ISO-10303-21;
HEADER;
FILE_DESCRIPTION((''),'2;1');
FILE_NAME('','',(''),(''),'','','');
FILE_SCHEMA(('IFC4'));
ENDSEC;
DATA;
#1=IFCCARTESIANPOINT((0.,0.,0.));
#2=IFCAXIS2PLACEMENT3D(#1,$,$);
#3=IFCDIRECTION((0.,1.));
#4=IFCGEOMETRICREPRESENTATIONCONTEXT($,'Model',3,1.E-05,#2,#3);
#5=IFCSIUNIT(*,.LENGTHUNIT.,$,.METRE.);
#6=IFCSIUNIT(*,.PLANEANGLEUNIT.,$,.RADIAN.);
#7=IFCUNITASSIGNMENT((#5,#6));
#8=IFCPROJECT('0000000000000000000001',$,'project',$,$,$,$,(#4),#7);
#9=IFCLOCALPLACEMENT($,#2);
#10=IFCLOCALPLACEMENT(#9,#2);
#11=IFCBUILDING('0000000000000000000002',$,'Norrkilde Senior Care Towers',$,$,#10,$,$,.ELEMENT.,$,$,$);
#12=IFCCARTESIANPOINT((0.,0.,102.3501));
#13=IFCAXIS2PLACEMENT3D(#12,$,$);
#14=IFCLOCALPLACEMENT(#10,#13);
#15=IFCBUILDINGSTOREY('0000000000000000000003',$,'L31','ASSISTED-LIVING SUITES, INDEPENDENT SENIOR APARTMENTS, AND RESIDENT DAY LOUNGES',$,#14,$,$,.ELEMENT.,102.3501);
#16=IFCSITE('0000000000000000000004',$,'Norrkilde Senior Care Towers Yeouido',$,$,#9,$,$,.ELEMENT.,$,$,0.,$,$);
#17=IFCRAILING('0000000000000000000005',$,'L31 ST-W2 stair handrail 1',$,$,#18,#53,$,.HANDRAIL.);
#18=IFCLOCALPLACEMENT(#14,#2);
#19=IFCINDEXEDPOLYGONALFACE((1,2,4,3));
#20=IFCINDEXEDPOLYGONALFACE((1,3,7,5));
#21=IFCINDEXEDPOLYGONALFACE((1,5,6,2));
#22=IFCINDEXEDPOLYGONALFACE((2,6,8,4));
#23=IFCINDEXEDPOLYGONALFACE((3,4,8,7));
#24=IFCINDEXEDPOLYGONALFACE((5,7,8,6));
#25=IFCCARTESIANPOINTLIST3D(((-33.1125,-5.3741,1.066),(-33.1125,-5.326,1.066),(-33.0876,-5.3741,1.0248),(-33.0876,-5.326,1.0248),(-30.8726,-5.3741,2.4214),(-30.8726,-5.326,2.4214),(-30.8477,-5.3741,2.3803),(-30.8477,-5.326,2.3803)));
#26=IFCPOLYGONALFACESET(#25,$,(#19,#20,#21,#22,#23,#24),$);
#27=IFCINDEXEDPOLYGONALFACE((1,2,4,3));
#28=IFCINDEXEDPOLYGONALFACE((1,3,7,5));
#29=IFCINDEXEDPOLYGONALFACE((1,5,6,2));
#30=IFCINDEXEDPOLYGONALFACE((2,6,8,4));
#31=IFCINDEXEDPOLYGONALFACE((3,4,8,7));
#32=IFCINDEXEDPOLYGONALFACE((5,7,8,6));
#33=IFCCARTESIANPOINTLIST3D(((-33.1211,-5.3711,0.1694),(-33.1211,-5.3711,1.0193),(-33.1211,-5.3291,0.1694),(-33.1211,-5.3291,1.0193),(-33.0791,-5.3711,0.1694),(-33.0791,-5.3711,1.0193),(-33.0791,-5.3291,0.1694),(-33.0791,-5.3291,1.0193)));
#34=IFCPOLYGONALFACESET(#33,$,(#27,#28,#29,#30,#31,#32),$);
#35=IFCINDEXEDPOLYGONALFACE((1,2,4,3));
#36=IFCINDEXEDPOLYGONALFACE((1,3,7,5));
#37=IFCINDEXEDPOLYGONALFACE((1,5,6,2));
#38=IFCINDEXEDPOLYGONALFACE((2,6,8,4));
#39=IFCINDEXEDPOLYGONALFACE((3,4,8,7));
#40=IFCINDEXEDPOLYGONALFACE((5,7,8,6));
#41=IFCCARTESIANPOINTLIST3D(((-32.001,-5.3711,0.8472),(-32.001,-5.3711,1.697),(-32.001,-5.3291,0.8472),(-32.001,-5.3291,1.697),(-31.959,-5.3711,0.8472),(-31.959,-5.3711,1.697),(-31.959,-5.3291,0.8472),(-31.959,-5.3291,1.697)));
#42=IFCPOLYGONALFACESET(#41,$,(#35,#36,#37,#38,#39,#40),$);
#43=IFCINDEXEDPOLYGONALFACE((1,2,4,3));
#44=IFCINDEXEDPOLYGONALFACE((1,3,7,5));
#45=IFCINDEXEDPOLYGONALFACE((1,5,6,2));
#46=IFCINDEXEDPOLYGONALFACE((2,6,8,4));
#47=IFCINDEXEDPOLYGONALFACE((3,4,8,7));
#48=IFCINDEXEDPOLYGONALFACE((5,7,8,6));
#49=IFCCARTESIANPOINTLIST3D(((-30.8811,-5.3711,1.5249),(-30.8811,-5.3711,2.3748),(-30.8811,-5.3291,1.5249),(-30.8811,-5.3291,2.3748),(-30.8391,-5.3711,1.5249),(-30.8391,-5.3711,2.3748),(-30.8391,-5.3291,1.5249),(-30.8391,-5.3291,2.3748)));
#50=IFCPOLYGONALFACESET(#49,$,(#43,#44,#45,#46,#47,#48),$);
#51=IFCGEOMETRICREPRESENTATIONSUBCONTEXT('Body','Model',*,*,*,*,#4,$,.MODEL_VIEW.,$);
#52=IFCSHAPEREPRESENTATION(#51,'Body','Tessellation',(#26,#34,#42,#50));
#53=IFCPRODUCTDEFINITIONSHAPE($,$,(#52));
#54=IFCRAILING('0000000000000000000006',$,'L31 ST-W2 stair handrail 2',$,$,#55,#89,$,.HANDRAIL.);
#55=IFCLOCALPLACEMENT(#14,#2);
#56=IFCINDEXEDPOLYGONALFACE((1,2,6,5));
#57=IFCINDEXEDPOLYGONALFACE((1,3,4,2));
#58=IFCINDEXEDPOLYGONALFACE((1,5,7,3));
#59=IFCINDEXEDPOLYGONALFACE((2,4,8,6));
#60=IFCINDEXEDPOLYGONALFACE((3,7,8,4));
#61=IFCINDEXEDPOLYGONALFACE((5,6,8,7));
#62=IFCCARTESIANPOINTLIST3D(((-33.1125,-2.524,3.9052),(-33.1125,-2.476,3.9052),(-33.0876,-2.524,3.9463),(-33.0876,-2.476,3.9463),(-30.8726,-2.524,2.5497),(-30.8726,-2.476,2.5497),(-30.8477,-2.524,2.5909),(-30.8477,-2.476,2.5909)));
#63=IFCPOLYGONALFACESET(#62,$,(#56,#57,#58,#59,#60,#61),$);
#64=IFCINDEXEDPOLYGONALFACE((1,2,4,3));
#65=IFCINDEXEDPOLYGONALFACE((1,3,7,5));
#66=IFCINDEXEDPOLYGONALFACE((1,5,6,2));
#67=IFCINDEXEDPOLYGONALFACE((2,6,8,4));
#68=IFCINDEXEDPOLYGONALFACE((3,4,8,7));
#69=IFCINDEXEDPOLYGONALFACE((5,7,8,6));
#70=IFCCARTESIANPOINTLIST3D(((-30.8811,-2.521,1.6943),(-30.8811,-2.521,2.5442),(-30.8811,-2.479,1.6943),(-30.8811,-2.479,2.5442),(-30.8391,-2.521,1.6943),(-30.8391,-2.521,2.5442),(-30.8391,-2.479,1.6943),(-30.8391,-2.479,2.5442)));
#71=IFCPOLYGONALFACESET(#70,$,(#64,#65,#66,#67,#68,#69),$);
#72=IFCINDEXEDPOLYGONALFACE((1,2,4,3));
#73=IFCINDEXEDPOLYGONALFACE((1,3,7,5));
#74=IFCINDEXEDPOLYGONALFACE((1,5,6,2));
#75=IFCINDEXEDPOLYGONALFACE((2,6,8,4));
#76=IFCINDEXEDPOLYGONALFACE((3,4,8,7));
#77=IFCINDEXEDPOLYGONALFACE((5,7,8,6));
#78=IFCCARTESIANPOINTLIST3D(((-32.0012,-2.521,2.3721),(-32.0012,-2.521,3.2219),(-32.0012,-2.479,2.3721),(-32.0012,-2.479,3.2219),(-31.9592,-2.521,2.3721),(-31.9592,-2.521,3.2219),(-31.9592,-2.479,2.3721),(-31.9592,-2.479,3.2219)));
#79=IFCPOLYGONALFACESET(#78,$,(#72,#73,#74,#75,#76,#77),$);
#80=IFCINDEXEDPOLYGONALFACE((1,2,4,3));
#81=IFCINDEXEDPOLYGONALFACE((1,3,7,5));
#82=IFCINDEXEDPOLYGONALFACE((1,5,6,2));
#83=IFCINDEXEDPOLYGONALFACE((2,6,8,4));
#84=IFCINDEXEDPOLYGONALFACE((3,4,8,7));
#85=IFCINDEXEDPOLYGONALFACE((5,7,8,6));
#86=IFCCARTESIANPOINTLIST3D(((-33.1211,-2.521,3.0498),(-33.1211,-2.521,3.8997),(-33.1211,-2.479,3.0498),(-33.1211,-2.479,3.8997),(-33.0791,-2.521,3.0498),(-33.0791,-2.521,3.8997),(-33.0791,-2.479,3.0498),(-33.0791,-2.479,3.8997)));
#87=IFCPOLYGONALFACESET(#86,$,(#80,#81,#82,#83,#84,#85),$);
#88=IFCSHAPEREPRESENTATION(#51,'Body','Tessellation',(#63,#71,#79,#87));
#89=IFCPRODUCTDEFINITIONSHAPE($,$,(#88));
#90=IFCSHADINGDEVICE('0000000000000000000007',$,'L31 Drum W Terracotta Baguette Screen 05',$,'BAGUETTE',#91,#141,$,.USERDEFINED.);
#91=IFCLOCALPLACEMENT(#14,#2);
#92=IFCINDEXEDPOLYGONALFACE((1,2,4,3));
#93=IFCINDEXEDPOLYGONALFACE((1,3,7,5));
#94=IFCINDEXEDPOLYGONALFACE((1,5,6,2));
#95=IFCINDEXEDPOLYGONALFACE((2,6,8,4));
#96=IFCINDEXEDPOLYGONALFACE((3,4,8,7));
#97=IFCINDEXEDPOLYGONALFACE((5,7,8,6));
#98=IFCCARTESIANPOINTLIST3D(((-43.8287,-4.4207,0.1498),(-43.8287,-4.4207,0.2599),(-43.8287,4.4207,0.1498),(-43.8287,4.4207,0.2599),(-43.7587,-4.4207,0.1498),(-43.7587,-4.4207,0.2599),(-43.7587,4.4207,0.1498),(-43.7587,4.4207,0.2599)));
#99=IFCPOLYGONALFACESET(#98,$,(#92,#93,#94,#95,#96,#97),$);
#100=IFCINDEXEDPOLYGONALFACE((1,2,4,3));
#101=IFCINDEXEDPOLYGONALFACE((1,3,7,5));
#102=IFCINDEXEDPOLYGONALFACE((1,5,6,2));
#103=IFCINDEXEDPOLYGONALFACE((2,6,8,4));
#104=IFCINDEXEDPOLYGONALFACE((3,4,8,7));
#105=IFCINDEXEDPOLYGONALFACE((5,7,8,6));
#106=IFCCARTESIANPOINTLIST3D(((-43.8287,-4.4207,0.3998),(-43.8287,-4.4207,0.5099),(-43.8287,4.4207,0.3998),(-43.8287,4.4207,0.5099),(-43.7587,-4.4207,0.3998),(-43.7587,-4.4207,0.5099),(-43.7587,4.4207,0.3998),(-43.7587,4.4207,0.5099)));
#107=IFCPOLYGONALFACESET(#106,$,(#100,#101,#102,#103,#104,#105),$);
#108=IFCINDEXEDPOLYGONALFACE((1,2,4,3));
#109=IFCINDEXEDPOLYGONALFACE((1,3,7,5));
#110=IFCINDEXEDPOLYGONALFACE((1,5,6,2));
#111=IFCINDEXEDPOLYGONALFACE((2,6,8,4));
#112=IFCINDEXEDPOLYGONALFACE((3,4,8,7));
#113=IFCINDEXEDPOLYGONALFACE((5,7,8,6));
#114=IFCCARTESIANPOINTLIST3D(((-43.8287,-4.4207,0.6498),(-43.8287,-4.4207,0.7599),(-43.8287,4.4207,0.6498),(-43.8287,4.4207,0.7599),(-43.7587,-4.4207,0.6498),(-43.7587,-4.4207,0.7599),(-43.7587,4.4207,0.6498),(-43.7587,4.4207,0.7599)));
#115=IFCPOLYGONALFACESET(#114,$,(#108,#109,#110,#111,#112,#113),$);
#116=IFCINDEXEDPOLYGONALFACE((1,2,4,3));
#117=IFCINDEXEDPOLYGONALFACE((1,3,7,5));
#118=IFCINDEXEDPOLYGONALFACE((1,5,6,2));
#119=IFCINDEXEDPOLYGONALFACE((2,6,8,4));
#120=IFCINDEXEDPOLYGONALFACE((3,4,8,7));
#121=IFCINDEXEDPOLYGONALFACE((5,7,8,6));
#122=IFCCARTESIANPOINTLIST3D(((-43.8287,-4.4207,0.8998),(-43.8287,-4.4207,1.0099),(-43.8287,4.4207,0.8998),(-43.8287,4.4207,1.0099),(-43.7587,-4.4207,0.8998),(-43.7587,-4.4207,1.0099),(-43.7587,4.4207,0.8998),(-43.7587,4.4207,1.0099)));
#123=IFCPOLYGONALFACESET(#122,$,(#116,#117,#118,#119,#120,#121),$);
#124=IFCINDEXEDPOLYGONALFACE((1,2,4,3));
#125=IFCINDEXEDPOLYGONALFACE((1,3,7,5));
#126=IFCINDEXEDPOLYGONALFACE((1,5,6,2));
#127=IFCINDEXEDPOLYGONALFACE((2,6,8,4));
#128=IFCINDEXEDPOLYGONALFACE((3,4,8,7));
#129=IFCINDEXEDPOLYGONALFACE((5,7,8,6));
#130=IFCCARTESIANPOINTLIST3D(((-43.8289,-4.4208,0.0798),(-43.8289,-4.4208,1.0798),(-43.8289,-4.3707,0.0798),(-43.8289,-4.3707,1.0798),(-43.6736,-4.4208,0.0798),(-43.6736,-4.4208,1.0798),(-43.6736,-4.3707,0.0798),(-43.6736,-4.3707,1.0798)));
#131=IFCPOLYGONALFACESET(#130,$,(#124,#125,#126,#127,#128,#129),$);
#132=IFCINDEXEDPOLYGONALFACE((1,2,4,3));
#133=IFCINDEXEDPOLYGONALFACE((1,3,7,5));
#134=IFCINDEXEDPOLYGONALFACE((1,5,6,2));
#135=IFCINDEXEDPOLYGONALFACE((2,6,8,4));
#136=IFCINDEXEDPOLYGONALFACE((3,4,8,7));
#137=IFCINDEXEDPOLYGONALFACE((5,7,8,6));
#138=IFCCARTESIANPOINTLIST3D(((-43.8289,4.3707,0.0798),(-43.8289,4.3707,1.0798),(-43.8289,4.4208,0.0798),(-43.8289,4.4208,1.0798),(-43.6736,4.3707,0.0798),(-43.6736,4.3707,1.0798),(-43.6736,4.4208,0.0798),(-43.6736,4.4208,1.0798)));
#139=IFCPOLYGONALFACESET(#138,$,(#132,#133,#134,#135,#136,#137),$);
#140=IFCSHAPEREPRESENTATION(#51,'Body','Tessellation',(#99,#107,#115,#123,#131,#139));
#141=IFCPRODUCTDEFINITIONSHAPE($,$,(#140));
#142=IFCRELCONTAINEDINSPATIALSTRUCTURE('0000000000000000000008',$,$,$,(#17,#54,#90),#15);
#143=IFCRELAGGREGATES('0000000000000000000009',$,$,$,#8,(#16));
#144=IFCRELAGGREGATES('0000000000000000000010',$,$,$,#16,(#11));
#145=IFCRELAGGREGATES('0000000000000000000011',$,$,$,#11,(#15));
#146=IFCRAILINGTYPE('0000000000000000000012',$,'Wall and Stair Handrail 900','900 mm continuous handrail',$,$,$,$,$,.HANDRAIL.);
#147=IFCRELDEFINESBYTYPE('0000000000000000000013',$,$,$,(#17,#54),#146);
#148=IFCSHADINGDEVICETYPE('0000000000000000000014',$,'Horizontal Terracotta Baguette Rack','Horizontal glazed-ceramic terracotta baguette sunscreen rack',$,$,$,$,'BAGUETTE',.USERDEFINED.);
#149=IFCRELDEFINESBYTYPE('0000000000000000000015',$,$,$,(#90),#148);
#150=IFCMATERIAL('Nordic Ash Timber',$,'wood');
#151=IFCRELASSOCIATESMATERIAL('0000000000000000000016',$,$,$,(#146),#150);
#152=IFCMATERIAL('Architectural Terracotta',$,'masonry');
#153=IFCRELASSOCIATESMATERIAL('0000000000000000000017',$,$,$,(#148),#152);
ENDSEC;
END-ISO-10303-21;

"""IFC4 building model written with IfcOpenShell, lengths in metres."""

from ifc_helpers import new_model, si_unit, direction, frame, origin, origin_2d, place, context, subcontext, project, spatial, rectangle, extrude, source, transform, mapped, material, type_object, type_shapes, element, save


model = new_model("IFC4")

# Units and contexts
model_context = context("Model", 3, precision=1e-05, world=origin(), true_north=direction((0.0, 1.0)))
body_context = subcontext(model_context, "Body", "Model", "MODEL_VIEW")
ifc_project = project(units=[si_unit("LENGTHUNIT", "METRE"), si_unit("PLANEANGLEUNIT", "RADIAN")], contexts=[model_context])

# Site, building, storey
site_placement = place(None, origin())
site = spatial("IfcSite", under=ifc_project, at=site_placement, Name="Norrkilde Senior Care Towers Yeouido", CompositionType="ELEMENT", RefElevation=0.0)
building_placement = place(site_placement, origin())
building = spatial("IfcBuilding", under=site, at=building_placement, Name="Norrkilde Senior Care Towers", CompositionType="ELEMENT")
storey_placement = place(building_placement, frame((0.0, 0.0, 102.3501)))
storey = spatial("IfcBuildingStorey", under=building, at=storey_placement, Name="L31", Description="ASSISTED-LIVING SUITES, INDEPENDENT SENIOR APARTMENTS, AND RESIDENT DAY LOUNGES", CompositionType="ELEMENT", Elevation=102.3501)

# Railings
ifc_material_1 = material(Name="Nordic Ash Timber", Category="wood")
railing_type_1 = type_object("IfcRailingType", Name="Wall and Stair Handrail 900", Description="900 mm continuous handrail", PredefinedType="HANDRAIL", material=ifc_material_1)
railing_1_placement = place(storey_placement, frame((-33.1001, -5.3501, 0.1694)))
element("IfcRailing", 1, at=railing_1_placement, inside=storey, type_object=railing_type_1, Name="L31 ST-W2 stair handrail 1", PredefinedType="HANDRAIL", context=body_context, shape_type="SweptSolid", body=[
    extrude(rectangle(XDim=0.0481, YDim=0.0481, at=origin_2d()), frame((0.0, 0.0, 0.876), z_axis=(0.855553, 0.0, 0.517715), x_axis=(0.0, 1.0, 0.0)), (0.0, 0.0, 1.0), 2.6182),
    extrude(rectangle(XDim=0.042, YDim=0.042, at=origin_2d()), origin(), (0.0, 0.0, 1.0), 0.8499),
    extrude(rectangle(XDim=0.042, YDim=0.042, at=origin_2d()), frame((1.1201, 0.0, 0.6777)), (0.0, 0.0, 1.0), 0.8499),
    extrude(rectangle(XDim=0.042, YDim=0.042, at=origin_2d()), frame((2.24, 0.0, 1.3555)), (0.0, 0.0, 1.0), 0.8499),
])
railing_2_placement = place(storey_placement, frame((-30.8601, -2.5, 1.6943)))
element("IfcRailing", 2, at=railing_2_placement, inside=storey, type_object=railing_type_1, Name="L31 ST-W2 stair handrail 2", PredefinedType="HANDRAIL", context=body_context, shape_type="SweptSolid", body=[
    extrude(rectangle(XDim=0.0481, YDim=0.0481, at=origin_2d()), frame((0.0, 0.0, 0.876), z_axis=(-0.855553, 0.0, 0.517715), x_axis=(0.0, -1.0, 0.0)), (0.0, 0.0, 1.0), 2.6182),
    extrude(rectangle(XDim=0.042, YDim=0.042, at=origin_2d()), origin(), (0.0, 0.0, 1.0), 0.8499),
    extrude(rectangle(XDim=0.042, YDim=0.042, at=origin_2d()), frame((-1.1201, 0.0, 0.6777)), (0.0, 0.0, 1.0), 0.8499),
    extrude(rectangle(XDim=0.042, YDim=0.042, at=origin_2d()), frame((-2.24, 0.0, 1.3555)), (0.0, 0.0, 1.0), 0.8499),
])

# Shading device
ifc_material_2 = material(Name="Architectural Terracotta", Category="masonry")
shading_device_type = type_object("IfcShadingDeviceType", Name="Horizontal Terracotta Baguette Rack", Description="Horizontal glazed-ceramic terracotta baguette sunscreen rack", ElementType="BAGUETTE", PredefinedType="USERDEFINED", material=ifc_material_2)
shared_shape_1 = source(origin(), body_context, "Body", "SweptSolid", [
    extrude(rectangle(XDim=0.0701, YDim=0.1101, at=origin_2d()), frame((0.0, 0.0901, 0.125), z_axis=(1.0, 0.0, 0.0), x_axis=(0.0, 1.0, 0.0)), (0.0, 0.0, 1.0), 8.8413),
    extrude(rectangle(XDim=0.0701, YDim=0.1101, at=origin_2d()), frame((0.0, 0.0901, 0.375), z_axis=(1.0, 0.0, 0.0), x_axis=(0.0, 1.0, 0.0)), (0.0, 0.0, 1.0), 8.8413),
    extrude(rectangle(XDim=0.0701, YDim=0.1101, at=origin_2d()), frame((0.0, 0.0901, 0.625), z_axis=(1.0, 0.0, 0.0), x_axis=(0.0, 1.0, 0.0)), (0.0, 0.0, 1.0), 8.8413),
    extrude(rectangle(XDim=0.0701, YDim=0.1101, at=origin_2d()), frame((0.0, 0.0901, 0.875), z_axis=(1.0, 0.0, 0.0), x_axis=(0.0, 1.0, 0.0)), (0.0, 0.0, 1.0), 8.8413),
    extrude(rectangle(XDim=0.05, YDim=0.1553, at=origin_2d()), frame((0.0249, 0.0476, 0.0)), (0.0, 0.0, 1.0), 1.0),
    extrude(rectangle(XDim=0.05, YDim=0.1553, at=origin_2d()), frame((8.8164, 0.0476, 0.0)), (0.0, 0.0, 1.0), 1.0),
])
type_shapes(shading_device_type, [shared_shape_1])
shading_device_placement = place(storey_placement, frame((-43.7036, -4.4207, 0.0798), z_axis=(0.0, 0.0, 1.0), x_axis=(0.0, 1.0, 0.0)))
element("IfcShadingDevice", 3, at=shading_device_placement, inside=storey, type_object=shading_device_type, Name="L31 Drum W Terracotta Baguette Screen 05", ObjectType="BAGUETTE", PredefinedType="USERDEFINED", context=body_context, shape_type="MappedRepresentation", body=[
    mapped(shared_shape_1, transform((0.0, 0.0, 0.0), x_axis=(1.0, 0.0, 0.0), y_axis=(0.0, 1.0, 0.0), z_axis=(0.0, 0.0, 1.0), scale=1.0)),
])

save(model, "model.ifc")
